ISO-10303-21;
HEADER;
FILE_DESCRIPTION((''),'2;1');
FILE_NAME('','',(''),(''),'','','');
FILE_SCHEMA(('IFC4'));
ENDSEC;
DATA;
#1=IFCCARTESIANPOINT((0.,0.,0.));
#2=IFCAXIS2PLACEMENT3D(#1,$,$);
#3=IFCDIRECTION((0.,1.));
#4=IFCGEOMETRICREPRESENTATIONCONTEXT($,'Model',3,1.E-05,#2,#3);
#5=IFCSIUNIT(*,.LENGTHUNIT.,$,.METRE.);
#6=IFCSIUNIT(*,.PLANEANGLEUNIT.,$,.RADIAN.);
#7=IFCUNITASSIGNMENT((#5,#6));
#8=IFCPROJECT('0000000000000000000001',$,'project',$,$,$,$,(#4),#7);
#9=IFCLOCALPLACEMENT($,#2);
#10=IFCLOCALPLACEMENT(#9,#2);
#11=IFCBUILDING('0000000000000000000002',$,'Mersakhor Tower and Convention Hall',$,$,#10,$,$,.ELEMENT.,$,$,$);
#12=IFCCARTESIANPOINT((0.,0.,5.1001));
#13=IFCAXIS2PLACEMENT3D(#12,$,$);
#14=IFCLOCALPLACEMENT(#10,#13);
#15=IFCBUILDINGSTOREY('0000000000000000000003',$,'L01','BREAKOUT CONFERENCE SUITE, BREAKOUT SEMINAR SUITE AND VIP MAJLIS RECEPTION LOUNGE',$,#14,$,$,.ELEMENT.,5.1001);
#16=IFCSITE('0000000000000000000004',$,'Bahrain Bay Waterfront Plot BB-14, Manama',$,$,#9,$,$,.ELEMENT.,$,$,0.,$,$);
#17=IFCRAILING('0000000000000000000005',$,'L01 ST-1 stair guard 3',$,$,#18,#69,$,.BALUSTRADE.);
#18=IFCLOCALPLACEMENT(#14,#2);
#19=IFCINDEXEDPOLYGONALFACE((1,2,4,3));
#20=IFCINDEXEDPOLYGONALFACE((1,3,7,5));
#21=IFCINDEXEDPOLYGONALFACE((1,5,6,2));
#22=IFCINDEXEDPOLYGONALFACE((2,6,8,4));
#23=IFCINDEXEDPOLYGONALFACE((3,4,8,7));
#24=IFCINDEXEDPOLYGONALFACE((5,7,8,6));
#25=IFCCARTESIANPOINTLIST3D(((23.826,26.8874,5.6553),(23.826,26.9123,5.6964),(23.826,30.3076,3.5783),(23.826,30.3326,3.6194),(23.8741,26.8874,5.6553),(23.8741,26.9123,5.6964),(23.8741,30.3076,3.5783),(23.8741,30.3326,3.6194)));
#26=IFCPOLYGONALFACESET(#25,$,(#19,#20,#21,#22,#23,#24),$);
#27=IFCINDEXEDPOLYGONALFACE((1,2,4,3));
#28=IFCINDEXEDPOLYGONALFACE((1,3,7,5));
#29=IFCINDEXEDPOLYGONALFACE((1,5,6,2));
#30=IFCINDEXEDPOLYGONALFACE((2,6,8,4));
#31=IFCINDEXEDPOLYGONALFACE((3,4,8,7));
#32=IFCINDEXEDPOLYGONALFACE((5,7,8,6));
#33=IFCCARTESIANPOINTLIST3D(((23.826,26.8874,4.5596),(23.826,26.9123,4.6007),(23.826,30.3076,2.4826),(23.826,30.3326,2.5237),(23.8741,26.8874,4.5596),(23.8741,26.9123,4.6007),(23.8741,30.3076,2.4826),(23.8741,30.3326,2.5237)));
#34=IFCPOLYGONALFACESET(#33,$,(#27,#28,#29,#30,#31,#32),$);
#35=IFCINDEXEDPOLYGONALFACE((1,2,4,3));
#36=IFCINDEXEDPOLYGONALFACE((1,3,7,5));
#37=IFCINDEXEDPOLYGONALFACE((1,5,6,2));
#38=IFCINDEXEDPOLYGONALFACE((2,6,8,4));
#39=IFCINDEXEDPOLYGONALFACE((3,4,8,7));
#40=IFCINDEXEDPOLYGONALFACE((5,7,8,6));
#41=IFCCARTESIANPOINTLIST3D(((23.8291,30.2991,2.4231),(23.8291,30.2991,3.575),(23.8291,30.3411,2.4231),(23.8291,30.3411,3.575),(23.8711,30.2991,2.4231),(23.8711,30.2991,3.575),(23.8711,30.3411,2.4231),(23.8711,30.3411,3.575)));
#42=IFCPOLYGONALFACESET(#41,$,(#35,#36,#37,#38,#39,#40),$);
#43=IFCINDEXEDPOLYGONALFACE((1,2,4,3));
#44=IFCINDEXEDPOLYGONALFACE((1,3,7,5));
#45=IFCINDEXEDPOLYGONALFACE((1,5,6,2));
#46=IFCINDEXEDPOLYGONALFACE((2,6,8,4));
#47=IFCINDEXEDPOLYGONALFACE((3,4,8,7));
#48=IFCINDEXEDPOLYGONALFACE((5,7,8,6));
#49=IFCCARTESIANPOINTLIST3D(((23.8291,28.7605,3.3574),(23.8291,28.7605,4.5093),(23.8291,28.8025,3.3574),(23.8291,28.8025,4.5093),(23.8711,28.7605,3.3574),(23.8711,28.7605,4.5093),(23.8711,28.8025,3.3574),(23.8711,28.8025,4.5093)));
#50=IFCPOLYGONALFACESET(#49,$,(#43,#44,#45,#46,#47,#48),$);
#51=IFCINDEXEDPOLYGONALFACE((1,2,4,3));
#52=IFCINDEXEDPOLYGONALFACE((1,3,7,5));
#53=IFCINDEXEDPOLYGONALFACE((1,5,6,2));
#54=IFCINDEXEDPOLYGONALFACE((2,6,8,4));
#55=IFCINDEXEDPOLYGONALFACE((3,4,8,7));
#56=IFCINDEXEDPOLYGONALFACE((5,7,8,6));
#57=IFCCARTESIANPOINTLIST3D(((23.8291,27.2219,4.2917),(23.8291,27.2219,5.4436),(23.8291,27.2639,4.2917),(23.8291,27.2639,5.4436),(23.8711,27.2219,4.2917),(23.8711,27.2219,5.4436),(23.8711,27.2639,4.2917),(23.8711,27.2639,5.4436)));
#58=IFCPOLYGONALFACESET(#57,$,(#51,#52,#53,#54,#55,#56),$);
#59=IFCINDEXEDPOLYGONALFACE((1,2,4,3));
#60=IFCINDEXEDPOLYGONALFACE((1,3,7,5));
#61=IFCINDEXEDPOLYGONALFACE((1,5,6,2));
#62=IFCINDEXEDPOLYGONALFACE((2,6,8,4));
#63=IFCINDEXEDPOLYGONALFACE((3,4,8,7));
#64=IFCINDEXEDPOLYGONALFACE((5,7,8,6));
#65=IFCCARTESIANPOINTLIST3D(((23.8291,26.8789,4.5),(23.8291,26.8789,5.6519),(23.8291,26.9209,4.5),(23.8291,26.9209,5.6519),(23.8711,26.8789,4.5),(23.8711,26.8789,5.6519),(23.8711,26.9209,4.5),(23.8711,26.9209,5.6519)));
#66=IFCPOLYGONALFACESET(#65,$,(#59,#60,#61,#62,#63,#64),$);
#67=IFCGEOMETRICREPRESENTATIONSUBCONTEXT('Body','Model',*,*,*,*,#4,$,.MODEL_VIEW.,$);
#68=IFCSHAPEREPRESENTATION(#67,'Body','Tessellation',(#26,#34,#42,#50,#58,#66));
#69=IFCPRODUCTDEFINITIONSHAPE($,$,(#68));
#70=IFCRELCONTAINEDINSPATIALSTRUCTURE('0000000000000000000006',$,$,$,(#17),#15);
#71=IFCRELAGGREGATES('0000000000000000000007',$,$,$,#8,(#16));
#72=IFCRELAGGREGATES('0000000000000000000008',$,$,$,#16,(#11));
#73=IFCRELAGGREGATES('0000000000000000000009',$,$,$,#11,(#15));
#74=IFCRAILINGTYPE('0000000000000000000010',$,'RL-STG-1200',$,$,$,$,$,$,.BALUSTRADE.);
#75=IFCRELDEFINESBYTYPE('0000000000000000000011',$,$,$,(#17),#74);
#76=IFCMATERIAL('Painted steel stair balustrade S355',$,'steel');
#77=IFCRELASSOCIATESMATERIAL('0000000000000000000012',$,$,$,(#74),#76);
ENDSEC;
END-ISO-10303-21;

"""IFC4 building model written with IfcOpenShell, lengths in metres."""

from ifc_helpers import new_model, si_unit, direction, frame, origin, origin_2d, place, context, subcontext, project, spatial, rectangle, extrude, material, type_object, element, save


model = new_model("IFC4")

# Units and contexts
model_context = context("Model", 3, precision=1e-05, world=origin(), true_north=direction((0.0, 1.0)))
body_context = subcontext(model_context, "Body", "Model", "MODEL_VIEW")
ifc_project = project(units=[si_unit("LENGTHUNIT", "METRE"), si_unit("PLANEANGLEUNIT", "RADIAN")], contexts=[model_context])

# Site, building, storey
site_placement = place(None, origin())
site = spatial("IfcSite", under=ifc_project, at=site_placement, Name="Bahrain Bay Waterfront Plot BB-14, Manama", CompositionType="ELEMENT", RefElevation=0.0)
building_placement = place(site_placement, origin())
building = spatial("IfcBuilding", under=site, at=building_placement, Name="Mersakhor Tower and Convention Hall", CompositionType="ELEMENT")
storey_placement = place(building_placement, frame((0.0, 0.0, 5.1001)))
storey = spatial("IfcBuildingStorey", under=building, at=storey_placement, Name="L01", Description="BREAKOUT CONFERENCE SUITE, BREAKOUT SEMINAR SUITE AND VIP MAJLIS RECEPTION LOUNGE", CompositionType="ELEMENT", Elevation=5.1001)

# Railing
ifc_material_1 = material(Name="Painted steel stair balustrade S355", Category="steel")
railing_type_1 = type_object("IfcRailingType", Name="RL-STG-1200", PredefinedType="BALUSTRADE", material=ifc_material_1)
railing_1_placement = place(storey_placement, frame((23.8501, 30.3201, 2.4231)))
element("IfcRailing", 1, at=railing_1_placement, inside=storey, type_object=railing_type_1, Name="L01 ST-1 stair guard 3", PredefinedType="BALUSTRADE", context=body_context, shape_type="SweptSolid", body=[
    extrude(rectangle(XDim=0.0481, YDim=0.0481, at=origin_2d()), frame((0.0, 0.0, 1.1758), z_axis=(0.0, -0.854746, 0.519047), x_axis=(1.0, 0.0, 0.0)), (0.0, 0.0, 1.0), 4.0015),
    extrude(rectangle(XDim=0.0481, YDim=0.0481, at=origin_2d()), frame((0.0, 0.0, 0.0801), z_axis=(0.0, -0.854746, 0.519047), x_axis=(1.0, 0.0, 0.0)), (0.0, 0.0, 1.0), 4.0015),
    extrude(rectangle(XDim=0.042, YDim=0.042, at=origin_2d()), origin(), (0.0, 0.0, 1.0), 1.1519),
    extrude(rectangle(XDim=0.042, YDim=0.042, at=origin_2d()), frame((0.0, -1.5386, 0.9343)), (0.0, 0.0, 1.0), 1.1519),
    extrude(rectangle(XDim=0.042, YDim=0.042, at=origin_2d()), frame((0.0, -3.0771, 1.8687)), (0.0, 0.0, 1.0), 1.1519),
    extrude(rectangle(XDim=0.042, YDim=0.042, at=origin_2d()), frame((0.0, -3.4202, 2.0769)), (0.0, 0.0, 1.0), 1.1519),
])

save(model, "model.ifc")
